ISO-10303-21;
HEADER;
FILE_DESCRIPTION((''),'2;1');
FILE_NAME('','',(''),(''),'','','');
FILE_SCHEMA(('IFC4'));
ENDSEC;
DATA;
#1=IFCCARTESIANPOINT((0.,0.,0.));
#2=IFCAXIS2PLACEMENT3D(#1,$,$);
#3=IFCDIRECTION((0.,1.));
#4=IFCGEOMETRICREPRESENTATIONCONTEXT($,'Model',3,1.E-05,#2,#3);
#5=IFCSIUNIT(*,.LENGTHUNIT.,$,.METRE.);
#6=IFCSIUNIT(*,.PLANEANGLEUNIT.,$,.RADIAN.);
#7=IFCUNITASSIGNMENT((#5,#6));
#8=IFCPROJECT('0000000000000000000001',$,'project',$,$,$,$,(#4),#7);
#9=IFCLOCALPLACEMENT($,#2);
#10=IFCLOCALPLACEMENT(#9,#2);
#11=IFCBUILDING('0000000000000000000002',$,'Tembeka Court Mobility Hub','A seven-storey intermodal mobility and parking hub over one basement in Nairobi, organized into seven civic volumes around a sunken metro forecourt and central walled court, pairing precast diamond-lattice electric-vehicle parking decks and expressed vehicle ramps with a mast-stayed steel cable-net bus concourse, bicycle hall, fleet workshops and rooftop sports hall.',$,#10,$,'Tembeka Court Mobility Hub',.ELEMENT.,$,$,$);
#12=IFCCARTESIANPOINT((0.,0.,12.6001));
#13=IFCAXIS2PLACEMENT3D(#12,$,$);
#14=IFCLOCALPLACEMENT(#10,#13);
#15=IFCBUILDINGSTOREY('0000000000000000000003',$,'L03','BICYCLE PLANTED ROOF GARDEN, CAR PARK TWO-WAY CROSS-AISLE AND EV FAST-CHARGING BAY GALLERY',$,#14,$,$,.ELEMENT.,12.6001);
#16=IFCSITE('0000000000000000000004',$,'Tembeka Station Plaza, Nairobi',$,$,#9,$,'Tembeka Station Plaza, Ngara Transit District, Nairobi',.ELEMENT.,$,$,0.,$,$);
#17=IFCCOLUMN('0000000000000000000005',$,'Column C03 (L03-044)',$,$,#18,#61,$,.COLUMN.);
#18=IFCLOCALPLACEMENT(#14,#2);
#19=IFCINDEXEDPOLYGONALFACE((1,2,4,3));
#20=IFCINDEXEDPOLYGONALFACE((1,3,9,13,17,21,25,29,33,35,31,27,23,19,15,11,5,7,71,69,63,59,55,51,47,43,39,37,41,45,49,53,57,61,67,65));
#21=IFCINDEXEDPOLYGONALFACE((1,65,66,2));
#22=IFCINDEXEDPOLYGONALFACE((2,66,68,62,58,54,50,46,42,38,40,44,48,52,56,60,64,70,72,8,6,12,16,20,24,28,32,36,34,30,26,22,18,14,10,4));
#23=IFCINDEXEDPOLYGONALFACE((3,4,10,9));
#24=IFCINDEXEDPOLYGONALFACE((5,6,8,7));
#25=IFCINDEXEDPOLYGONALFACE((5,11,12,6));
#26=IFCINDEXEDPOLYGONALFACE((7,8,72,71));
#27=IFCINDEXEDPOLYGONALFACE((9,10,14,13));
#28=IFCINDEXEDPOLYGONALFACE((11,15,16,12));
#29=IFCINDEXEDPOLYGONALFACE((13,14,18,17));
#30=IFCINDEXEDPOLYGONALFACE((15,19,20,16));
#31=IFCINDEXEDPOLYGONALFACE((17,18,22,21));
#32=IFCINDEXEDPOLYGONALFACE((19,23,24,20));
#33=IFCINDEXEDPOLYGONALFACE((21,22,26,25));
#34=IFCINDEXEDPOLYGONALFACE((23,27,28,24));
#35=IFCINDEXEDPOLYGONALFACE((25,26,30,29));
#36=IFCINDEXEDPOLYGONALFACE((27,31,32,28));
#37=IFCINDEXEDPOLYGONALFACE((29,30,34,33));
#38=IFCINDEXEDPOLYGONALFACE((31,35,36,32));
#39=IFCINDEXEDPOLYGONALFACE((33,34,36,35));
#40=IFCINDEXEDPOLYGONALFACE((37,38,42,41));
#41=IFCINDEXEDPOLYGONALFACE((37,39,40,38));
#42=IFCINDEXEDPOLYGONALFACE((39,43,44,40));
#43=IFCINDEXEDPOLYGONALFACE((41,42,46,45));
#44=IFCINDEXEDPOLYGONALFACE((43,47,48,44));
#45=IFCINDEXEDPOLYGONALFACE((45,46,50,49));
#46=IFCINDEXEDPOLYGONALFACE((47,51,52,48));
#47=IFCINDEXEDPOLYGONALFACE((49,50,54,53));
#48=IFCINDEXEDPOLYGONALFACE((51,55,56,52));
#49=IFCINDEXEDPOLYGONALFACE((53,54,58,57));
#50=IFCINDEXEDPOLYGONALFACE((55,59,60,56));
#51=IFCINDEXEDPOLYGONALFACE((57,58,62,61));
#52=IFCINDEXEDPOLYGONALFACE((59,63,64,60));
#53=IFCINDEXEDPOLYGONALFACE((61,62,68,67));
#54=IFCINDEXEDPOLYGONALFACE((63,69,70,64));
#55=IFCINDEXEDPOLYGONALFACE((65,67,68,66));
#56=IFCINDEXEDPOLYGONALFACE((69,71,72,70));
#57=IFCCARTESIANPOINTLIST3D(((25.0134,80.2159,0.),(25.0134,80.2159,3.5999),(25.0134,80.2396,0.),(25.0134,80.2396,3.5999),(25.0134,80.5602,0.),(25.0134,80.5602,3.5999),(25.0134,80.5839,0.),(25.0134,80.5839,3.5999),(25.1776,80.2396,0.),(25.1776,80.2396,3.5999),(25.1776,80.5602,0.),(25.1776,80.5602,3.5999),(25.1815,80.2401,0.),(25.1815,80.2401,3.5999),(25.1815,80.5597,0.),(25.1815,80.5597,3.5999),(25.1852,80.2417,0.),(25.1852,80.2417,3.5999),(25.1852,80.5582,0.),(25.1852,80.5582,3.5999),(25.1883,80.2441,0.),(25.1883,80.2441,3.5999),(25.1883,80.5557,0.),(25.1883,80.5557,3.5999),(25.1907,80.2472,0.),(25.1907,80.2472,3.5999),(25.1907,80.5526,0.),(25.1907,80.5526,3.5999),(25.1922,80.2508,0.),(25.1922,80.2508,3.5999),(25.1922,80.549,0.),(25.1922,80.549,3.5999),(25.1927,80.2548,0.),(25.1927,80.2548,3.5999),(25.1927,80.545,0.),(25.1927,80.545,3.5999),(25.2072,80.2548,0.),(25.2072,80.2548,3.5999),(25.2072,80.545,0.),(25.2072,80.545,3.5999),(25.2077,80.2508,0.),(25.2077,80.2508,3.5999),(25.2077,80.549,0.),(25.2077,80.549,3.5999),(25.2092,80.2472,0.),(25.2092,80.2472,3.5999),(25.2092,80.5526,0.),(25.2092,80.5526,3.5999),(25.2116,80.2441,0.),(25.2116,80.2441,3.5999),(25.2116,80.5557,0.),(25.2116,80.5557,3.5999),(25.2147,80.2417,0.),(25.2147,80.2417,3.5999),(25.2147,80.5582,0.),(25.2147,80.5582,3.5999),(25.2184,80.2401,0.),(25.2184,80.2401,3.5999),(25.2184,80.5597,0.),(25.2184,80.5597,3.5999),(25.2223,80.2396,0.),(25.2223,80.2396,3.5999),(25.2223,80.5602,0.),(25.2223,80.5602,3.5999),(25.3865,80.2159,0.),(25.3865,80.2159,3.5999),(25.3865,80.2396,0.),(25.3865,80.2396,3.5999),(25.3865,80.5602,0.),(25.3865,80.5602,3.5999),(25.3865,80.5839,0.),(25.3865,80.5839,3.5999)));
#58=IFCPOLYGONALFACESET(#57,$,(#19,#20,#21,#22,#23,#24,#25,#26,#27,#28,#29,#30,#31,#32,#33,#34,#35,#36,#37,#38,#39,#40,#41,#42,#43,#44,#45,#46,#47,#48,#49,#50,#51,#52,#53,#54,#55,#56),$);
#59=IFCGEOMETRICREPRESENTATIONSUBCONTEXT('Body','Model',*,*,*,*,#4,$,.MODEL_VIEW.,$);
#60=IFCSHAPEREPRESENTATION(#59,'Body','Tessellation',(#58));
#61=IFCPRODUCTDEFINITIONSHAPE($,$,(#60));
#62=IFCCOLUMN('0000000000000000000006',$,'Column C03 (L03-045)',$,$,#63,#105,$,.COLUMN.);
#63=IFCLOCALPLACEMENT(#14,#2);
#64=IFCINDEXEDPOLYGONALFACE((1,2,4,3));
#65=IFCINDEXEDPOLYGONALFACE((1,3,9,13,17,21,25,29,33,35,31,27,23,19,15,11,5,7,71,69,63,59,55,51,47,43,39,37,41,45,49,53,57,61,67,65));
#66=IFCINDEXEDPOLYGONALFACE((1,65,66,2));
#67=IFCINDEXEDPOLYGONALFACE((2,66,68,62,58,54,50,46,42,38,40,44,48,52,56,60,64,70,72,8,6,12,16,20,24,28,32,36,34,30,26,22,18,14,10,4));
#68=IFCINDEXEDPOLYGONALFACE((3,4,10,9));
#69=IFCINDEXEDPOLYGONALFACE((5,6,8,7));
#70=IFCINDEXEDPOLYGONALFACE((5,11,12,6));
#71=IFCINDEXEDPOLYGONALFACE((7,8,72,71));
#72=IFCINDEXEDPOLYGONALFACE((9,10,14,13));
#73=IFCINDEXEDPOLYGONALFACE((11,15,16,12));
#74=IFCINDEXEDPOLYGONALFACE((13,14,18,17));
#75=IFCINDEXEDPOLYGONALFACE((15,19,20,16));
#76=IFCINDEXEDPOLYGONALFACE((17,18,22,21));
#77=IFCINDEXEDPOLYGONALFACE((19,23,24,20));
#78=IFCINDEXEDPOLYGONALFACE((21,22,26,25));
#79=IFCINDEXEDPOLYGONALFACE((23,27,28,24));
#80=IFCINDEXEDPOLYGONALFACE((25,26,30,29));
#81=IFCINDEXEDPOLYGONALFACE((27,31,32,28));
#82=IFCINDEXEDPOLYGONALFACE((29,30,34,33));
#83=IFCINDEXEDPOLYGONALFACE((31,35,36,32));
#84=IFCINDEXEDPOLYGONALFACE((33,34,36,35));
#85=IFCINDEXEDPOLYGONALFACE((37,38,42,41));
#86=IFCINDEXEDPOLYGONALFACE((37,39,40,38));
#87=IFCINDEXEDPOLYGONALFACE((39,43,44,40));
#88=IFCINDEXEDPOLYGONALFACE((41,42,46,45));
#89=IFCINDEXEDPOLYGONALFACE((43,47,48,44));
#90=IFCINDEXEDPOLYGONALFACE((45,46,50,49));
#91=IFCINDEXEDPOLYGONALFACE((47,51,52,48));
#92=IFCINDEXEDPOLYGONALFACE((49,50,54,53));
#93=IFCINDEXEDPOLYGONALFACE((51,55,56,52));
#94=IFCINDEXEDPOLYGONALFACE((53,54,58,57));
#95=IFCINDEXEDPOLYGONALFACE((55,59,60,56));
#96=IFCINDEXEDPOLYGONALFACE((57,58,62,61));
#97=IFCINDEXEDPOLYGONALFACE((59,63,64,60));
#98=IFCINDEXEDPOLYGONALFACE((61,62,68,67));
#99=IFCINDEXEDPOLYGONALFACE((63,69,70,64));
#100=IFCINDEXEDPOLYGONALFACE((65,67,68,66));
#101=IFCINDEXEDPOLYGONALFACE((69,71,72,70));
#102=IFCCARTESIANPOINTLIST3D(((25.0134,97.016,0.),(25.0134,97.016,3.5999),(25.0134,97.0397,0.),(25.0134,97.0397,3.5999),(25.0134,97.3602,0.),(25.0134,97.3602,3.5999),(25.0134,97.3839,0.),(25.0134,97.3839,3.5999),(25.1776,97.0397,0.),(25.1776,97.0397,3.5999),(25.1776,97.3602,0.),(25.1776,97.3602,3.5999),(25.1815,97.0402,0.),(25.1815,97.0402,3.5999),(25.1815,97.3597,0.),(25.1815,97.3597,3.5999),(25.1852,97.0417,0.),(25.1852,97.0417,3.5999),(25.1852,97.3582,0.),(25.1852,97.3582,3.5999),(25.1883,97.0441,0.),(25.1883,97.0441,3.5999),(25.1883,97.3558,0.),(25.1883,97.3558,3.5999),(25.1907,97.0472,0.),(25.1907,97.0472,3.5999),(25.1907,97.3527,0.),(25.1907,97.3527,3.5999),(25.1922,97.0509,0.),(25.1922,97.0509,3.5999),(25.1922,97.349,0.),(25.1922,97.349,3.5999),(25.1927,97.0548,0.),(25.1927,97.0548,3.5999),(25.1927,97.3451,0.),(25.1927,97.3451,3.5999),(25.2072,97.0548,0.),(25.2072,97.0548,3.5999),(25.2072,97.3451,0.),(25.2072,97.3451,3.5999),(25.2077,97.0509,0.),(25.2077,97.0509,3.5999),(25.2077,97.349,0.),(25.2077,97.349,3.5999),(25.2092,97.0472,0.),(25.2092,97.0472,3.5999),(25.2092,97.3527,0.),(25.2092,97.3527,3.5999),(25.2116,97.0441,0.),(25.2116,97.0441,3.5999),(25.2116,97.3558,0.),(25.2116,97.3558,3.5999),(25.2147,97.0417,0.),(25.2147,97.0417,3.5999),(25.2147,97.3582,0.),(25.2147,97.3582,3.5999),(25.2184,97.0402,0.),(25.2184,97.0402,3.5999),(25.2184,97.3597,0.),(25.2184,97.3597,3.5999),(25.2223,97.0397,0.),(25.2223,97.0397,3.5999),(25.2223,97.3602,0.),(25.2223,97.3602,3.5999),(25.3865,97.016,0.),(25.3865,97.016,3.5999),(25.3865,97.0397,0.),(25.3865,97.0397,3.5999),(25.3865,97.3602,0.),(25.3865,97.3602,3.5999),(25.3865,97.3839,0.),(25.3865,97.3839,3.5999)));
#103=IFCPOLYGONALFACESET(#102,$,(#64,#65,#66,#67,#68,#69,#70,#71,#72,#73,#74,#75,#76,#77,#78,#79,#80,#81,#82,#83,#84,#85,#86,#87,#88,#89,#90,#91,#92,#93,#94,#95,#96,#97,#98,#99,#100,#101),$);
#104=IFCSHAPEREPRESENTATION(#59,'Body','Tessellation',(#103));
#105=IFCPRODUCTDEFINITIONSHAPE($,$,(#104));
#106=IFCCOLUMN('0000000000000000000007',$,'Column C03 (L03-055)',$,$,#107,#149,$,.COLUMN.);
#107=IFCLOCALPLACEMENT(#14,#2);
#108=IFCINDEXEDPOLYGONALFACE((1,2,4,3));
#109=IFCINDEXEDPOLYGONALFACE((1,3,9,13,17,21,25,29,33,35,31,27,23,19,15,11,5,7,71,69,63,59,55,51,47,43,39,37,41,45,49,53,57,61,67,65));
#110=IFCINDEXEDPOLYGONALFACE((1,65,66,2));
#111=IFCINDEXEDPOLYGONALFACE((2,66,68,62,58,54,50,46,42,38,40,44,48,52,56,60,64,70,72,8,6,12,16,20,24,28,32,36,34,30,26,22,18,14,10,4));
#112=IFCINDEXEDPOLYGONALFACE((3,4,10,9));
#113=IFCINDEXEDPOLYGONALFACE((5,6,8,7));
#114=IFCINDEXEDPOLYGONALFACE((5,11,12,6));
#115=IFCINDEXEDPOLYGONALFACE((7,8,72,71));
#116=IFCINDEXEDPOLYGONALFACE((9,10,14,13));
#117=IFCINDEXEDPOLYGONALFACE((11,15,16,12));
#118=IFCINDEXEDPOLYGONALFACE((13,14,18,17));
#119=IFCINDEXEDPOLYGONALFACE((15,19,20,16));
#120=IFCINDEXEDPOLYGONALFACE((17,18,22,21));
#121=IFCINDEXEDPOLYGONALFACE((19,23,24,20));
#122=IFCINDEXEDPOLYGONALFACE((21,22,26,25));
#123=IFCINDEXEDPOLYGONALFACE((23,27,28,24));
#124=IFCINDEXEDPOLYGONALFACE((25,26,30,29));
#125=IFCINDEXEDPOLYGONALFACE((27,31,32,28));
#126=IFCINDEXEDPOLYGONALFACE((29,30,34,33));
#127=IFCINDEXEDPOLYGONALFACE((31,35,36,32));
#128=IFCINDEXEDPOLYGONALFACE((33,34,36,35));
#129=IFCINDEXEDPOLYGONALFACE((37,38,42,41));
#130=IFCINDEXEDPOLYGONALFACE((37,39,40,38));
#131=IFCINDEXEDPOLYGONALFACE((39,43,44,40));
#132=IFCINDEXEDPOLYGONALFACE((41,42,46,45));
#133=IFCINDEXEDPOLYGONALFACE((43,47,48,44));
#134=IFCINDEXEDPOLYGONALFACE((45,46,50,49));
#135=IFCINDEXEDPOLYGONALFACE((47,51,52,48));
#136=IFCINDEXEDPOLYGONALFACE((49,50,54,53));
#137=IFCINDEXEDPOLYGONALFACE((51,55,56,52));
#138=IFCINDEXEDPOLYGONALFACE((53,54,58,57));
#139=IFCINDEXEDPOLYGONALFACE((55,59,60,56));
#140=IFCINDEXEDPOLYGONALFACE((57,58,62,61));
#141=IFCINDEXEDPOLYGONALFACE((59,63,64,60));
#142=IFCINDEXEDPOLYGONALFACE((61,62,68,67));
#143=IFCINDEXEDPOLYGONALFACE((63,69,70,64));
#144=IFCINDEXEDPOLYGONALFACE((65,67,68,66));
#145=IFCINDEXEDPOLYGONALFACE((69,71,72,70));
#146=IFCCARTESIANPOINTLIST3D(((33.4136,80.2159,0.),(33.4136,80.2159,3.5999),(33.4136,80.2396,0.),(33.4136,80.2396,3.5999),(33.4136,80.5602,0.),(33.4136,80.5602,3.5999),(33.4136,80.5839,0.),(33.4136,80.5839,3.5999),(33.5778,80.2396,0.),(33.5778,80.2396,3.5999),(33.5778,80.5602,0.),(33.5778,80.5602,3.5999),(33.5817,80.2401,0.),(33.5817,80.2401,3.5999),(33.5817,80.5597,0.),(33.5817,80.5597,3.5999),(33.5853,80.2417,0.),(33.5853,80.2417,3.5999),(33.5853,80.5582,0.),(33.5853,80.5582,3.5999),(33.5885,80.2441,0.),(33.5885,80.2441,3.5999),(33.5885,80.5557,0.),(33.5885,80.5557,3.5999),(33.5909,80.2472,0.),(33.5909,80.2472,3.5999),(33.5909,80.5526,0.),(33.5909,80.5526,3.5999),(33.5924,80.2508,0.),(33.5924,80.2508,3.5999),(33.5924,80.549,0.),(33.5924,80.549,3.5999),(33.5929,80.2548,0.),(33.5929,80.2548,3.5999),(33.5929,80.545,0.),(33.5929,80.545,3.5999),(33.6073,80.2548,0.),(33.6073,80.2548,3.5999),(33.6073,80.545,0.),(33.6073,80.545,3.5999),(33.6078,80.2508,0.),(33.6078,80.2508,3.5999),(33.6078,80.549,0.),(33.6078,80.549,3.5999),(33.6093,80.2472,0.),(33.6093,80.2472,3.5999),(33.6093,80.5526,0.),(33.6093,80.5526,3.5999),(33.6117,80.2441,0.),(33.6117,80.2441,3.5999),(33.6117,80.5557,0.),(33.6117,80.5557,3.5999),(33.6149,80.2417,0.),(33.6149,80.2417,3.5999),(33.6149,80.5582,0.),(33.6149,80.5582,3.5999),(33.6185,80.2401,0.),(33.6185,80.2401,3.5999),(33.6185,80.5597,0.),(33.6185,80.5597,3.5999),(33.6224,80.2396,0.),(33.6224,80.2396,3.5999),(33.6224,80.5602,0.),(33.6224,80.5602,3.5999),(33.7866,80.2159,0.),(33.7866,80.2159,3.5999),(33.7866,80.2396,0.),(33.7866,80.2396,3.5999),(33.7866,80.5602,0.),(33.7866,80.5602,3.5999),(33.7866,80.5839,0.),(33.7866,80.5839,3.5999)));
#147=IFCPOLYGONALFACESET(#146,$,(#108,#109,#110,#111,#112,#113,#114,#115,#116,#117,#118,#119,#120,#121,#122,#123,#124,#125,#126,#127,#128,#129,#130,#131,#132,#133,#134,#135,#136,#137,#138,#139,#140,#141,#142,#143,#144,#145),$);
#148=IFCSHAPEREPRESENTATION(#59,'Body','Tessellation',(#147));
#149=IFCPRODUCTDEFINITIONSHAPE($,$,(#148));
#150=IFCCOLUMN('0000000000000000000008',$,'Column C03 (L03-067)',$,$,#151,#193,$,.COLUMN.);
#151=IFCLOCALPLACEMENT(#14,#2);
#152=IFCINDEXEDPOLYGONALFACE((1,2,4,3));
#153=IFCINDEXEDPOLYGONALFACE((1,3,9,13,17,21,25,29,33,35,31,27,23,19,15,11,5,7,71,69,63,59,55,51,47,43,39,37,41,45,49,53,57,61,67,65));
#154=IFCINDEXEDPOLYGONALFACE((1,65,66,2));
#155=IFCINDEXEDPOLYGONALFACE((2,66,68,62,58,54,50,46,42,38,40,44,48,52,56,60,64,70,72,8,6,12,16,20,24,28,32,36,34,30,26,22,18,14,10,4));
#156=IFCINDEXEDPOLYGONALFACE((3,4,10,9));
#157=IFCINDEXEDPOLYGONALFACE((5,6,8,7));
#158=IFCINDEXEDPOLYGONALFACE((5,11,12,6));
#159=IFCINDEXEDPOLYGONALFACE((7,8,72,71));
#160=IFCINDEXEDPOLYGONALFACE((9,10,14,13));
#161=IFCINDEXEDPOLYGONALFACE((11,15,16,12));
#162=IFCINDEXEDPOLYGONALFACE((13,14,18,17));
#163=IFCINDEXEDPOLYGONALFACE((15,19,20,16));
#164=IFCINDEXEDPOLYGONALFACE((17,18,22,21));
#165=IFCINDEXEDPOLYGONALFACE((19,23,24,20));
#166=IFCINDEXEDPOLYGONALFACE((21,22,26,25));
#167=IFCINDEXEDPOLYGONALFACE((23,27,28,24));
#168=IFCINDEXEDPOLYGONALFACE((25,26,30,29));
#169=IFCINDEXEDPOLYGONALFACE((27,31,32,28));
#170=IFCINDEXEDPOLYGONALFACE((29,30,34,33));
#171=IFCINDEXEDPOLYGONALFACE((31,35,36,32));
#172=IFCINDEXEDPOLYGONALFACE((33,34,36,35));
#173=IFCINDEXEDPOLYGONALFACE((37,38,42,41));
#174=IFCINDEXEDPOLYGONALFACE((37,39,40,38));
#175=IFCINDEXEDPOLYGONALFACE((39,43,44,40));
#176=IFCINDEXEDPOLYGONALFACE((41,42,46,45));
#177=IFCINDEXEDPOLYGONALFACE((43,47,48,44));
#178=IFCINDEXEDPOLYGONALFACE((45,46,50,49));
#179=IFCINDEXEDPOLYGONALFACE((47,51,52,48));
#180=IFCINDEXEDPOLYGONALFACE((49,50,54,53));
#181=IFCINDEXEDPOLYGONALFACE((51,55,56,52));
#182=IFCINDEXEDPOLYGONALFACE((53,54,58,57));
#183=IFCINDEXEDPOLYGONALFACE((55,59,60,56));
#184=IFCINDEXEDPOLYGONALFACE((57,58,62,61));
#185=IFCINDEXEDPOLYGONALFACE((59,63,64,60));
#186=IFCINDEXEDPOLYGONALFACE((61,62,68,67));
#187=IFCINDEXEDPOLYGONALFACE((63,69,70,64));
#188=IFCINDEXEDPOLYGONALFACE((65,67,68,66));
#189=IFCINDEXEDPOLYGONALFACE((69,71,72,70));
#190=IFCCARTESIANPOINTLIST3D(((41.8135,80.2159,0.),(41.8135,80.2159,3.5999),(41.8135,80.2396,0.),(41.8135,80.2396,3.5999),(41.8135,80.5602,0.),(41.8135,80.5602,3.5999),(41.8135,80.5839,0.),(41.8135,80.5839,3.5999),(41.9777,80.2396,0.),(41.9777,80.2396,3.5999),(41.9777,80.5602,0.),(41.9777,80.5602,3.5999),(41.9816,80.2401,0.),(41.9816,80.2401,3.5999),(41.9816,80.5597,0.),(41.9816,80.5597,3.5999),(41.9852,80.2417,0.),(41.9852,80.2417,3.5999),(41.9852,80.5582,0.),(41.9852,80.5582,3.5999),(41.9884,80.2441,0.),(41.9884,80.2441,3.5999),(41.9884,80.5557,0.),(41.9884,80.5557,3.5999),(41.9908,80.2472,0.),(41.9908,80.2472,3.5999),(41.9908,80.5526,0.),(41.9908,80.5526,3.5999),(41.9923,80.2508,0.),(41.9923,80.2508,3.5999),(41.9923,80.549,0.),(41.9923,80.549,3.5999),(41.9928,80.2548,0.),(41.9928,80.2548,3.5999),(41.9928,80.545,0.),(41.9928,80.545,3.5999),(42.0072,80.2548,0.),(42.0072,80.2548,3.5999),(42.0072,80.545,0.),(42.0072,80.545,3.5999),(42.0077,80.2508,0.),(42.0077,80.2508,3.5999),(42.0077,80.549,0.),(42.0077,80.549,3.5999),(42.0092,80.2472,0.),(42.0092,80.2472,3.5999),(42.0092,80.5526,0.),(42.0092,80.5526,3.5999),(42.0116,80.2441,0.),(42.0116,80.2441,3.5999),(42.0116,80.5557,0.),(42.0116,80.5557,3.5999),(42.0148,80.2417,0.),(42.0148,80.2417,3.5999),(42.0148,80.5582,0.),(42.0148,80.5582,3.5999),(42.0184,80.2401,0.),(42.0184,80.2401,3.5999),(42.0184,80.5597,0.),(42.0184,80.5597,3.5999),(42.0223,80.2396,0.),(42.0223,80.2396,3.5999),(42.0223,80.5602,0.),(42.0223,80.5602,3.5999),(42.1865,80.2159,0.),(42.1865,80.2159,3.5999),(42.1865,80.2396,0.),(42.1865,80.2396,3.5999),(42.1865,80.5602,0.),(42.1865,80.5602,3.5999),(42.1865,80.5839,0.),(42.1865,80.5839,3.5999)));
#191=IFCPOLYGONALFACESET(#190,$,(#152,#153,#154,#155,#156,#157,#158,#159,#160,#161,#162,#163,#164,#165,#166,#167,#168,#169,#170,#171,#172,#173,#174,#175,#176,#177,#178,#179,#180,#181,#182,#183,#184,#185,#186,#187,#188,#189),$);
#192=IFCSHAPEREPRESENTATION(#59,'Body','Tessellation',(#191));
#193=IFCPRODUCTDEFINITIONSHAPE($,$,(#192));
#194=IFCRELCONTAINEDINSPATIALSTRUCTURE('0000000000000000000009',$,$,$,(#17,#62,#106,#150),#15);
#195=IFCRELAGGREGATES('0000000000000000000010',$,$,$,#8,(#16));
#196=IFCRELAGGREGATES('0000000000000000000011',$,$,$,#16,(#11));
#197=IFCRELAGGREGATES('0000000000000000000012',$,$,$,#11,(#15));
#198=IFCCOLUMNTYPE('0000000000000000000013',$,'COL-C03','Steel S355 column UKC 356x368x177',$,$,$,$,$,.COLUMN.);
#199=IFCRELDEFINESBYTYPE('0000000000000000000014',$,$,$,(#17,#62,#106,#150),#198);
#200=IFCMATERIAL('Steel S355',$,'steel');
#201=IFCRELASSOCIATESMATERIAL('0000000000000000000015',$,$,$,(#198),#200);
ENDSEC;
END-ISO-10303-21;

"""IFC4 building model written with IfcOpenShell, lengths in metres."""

from ifc_helpers import new_model, si_unit, direction, frame, origin, origin_2d, place, context, subcontext, project, spatial, i_section, extrude, material, material_profile, profile_set, type_object, element, save


model = new_model("IFC4")

# Units and contexts
model_context = context("Model", 3, precision=1e-05, world=origin(), true_north=direction((0.0, 1.0)))
body_context = subcontext(model_context, "Body", "Model", "MODEL_VIEW")
ifc_project = project(units=[si_unit("LENGTHUNIT", "METRE"), si_unit("PLANEANGLEUNIT", "RADIAN")], contexts=[model_context])

# Site, building, storey
site_placement = place(None, origin())
site = spatial("IfcSite", under=ifc_project, at=site_placement, Name="Tembeka Station Plaza, Nairobi", LongName="Tembeka Station Plaza, Ngara Transit District, Nairobi", CompositionType="ELEMENT", RefElevation=0.0)
building_placement = place(site_placement, origin())
building = spatial("IfcBuilding", under=site, at=building_placement, Name="Tembeka Court Mobility Hub", Description="A seven-storey intermodal mobility and parking hub over one basement in Nairobi, organized into seven civic volumes around a sunken metro forecourt and central walled court, pairing precast diamond-lattice electric-vehicle parking decks and expressed vehicle ramps with a mast-stayed steel cable-net bus concourse, bicycle hall, fleet workshops and rooftop sports hall.", LongName="Tembeka Court Mobility Hub", CompositionType="ELEMENT")
storey_placement = place(building_placement, frame((0.0, 0.0, 12.6001)))
storey = spatial("IfcBuildingStorey", under=building, at=storey_placement, Name="L03", Description="BICYCLE PLANTED ROOF GARDEN, CAR PARK TWO-WAY CROSS-AISLE AND EV FAST-CHARGING BAY GALLERY", CompositionType="ELEMENT", Elevation=12.6001)

# Columns
ifc_material_1 = material(Name="Steel S355", Category="steel")
ifc_material_profile_1 = material_profile(ifc_material_1, i_section(OverallWidth=0.373, OverallDepth=0.3679, WebThickness=0.0144, FlangeThickness=0.0237, FilletRadius=0.0151, at=origin_2d()), Name="UKC 356x368x177")
ifc_profile_set_1 = profile_set([ifc_material_profile_1], Name="Steel S355")
column_type_1 = type_object("IfcColumnType", Name="COL-C03", Description="Steel S355 column UKC 356x368x177", PredefinedType="COLUMN", material=ifc_profile_set_1)
for number, where, z_axis, x_axis, name in (
    (1, (25.2, 80.3999, 0.0), (0.0, 0.0, 1.0), (1.0, 0.0, 0.0), "Column C03 (L03-044)"),
    (2, (25.2, 97.2, 0.0), (0.0, 0.0, 1.0), (1.0, 0.0, 0.0), "Column C03 (L03-045)"),
    (3, (33.6001, 80.3999, 0.0), (0.0, 0.0, 1.0), (1.0, 0.0, 0.0), "Column C03 (L03-055)"),
    (4, (42.0, 80.3999, 0.0), (0.0, 0.0, 1.0), (1.0, 0.0, 0.0), "Column C03 (L03-067)"),
):
    element("IfcColumn", number, at=place(storey_placement, frame(where, z_axis=z_axis, x_axis=x_axis)), inside=storey, type_object=column_type_1, Name=name, PredefinedType="COLUMN", context=body_context, shape_type="SweptSolid", body=[
        extrude(i_section(OverallWidth=0.373, OverallDepth=0.3679, WebThickness=0.0144, FlangeThickness=0.0237, FilletRadius=0.0151, at=origin_2d()), origin(), (0.0, 0.0, 1.0), 3.5999),
    ])

save(model, "model.ifc")
